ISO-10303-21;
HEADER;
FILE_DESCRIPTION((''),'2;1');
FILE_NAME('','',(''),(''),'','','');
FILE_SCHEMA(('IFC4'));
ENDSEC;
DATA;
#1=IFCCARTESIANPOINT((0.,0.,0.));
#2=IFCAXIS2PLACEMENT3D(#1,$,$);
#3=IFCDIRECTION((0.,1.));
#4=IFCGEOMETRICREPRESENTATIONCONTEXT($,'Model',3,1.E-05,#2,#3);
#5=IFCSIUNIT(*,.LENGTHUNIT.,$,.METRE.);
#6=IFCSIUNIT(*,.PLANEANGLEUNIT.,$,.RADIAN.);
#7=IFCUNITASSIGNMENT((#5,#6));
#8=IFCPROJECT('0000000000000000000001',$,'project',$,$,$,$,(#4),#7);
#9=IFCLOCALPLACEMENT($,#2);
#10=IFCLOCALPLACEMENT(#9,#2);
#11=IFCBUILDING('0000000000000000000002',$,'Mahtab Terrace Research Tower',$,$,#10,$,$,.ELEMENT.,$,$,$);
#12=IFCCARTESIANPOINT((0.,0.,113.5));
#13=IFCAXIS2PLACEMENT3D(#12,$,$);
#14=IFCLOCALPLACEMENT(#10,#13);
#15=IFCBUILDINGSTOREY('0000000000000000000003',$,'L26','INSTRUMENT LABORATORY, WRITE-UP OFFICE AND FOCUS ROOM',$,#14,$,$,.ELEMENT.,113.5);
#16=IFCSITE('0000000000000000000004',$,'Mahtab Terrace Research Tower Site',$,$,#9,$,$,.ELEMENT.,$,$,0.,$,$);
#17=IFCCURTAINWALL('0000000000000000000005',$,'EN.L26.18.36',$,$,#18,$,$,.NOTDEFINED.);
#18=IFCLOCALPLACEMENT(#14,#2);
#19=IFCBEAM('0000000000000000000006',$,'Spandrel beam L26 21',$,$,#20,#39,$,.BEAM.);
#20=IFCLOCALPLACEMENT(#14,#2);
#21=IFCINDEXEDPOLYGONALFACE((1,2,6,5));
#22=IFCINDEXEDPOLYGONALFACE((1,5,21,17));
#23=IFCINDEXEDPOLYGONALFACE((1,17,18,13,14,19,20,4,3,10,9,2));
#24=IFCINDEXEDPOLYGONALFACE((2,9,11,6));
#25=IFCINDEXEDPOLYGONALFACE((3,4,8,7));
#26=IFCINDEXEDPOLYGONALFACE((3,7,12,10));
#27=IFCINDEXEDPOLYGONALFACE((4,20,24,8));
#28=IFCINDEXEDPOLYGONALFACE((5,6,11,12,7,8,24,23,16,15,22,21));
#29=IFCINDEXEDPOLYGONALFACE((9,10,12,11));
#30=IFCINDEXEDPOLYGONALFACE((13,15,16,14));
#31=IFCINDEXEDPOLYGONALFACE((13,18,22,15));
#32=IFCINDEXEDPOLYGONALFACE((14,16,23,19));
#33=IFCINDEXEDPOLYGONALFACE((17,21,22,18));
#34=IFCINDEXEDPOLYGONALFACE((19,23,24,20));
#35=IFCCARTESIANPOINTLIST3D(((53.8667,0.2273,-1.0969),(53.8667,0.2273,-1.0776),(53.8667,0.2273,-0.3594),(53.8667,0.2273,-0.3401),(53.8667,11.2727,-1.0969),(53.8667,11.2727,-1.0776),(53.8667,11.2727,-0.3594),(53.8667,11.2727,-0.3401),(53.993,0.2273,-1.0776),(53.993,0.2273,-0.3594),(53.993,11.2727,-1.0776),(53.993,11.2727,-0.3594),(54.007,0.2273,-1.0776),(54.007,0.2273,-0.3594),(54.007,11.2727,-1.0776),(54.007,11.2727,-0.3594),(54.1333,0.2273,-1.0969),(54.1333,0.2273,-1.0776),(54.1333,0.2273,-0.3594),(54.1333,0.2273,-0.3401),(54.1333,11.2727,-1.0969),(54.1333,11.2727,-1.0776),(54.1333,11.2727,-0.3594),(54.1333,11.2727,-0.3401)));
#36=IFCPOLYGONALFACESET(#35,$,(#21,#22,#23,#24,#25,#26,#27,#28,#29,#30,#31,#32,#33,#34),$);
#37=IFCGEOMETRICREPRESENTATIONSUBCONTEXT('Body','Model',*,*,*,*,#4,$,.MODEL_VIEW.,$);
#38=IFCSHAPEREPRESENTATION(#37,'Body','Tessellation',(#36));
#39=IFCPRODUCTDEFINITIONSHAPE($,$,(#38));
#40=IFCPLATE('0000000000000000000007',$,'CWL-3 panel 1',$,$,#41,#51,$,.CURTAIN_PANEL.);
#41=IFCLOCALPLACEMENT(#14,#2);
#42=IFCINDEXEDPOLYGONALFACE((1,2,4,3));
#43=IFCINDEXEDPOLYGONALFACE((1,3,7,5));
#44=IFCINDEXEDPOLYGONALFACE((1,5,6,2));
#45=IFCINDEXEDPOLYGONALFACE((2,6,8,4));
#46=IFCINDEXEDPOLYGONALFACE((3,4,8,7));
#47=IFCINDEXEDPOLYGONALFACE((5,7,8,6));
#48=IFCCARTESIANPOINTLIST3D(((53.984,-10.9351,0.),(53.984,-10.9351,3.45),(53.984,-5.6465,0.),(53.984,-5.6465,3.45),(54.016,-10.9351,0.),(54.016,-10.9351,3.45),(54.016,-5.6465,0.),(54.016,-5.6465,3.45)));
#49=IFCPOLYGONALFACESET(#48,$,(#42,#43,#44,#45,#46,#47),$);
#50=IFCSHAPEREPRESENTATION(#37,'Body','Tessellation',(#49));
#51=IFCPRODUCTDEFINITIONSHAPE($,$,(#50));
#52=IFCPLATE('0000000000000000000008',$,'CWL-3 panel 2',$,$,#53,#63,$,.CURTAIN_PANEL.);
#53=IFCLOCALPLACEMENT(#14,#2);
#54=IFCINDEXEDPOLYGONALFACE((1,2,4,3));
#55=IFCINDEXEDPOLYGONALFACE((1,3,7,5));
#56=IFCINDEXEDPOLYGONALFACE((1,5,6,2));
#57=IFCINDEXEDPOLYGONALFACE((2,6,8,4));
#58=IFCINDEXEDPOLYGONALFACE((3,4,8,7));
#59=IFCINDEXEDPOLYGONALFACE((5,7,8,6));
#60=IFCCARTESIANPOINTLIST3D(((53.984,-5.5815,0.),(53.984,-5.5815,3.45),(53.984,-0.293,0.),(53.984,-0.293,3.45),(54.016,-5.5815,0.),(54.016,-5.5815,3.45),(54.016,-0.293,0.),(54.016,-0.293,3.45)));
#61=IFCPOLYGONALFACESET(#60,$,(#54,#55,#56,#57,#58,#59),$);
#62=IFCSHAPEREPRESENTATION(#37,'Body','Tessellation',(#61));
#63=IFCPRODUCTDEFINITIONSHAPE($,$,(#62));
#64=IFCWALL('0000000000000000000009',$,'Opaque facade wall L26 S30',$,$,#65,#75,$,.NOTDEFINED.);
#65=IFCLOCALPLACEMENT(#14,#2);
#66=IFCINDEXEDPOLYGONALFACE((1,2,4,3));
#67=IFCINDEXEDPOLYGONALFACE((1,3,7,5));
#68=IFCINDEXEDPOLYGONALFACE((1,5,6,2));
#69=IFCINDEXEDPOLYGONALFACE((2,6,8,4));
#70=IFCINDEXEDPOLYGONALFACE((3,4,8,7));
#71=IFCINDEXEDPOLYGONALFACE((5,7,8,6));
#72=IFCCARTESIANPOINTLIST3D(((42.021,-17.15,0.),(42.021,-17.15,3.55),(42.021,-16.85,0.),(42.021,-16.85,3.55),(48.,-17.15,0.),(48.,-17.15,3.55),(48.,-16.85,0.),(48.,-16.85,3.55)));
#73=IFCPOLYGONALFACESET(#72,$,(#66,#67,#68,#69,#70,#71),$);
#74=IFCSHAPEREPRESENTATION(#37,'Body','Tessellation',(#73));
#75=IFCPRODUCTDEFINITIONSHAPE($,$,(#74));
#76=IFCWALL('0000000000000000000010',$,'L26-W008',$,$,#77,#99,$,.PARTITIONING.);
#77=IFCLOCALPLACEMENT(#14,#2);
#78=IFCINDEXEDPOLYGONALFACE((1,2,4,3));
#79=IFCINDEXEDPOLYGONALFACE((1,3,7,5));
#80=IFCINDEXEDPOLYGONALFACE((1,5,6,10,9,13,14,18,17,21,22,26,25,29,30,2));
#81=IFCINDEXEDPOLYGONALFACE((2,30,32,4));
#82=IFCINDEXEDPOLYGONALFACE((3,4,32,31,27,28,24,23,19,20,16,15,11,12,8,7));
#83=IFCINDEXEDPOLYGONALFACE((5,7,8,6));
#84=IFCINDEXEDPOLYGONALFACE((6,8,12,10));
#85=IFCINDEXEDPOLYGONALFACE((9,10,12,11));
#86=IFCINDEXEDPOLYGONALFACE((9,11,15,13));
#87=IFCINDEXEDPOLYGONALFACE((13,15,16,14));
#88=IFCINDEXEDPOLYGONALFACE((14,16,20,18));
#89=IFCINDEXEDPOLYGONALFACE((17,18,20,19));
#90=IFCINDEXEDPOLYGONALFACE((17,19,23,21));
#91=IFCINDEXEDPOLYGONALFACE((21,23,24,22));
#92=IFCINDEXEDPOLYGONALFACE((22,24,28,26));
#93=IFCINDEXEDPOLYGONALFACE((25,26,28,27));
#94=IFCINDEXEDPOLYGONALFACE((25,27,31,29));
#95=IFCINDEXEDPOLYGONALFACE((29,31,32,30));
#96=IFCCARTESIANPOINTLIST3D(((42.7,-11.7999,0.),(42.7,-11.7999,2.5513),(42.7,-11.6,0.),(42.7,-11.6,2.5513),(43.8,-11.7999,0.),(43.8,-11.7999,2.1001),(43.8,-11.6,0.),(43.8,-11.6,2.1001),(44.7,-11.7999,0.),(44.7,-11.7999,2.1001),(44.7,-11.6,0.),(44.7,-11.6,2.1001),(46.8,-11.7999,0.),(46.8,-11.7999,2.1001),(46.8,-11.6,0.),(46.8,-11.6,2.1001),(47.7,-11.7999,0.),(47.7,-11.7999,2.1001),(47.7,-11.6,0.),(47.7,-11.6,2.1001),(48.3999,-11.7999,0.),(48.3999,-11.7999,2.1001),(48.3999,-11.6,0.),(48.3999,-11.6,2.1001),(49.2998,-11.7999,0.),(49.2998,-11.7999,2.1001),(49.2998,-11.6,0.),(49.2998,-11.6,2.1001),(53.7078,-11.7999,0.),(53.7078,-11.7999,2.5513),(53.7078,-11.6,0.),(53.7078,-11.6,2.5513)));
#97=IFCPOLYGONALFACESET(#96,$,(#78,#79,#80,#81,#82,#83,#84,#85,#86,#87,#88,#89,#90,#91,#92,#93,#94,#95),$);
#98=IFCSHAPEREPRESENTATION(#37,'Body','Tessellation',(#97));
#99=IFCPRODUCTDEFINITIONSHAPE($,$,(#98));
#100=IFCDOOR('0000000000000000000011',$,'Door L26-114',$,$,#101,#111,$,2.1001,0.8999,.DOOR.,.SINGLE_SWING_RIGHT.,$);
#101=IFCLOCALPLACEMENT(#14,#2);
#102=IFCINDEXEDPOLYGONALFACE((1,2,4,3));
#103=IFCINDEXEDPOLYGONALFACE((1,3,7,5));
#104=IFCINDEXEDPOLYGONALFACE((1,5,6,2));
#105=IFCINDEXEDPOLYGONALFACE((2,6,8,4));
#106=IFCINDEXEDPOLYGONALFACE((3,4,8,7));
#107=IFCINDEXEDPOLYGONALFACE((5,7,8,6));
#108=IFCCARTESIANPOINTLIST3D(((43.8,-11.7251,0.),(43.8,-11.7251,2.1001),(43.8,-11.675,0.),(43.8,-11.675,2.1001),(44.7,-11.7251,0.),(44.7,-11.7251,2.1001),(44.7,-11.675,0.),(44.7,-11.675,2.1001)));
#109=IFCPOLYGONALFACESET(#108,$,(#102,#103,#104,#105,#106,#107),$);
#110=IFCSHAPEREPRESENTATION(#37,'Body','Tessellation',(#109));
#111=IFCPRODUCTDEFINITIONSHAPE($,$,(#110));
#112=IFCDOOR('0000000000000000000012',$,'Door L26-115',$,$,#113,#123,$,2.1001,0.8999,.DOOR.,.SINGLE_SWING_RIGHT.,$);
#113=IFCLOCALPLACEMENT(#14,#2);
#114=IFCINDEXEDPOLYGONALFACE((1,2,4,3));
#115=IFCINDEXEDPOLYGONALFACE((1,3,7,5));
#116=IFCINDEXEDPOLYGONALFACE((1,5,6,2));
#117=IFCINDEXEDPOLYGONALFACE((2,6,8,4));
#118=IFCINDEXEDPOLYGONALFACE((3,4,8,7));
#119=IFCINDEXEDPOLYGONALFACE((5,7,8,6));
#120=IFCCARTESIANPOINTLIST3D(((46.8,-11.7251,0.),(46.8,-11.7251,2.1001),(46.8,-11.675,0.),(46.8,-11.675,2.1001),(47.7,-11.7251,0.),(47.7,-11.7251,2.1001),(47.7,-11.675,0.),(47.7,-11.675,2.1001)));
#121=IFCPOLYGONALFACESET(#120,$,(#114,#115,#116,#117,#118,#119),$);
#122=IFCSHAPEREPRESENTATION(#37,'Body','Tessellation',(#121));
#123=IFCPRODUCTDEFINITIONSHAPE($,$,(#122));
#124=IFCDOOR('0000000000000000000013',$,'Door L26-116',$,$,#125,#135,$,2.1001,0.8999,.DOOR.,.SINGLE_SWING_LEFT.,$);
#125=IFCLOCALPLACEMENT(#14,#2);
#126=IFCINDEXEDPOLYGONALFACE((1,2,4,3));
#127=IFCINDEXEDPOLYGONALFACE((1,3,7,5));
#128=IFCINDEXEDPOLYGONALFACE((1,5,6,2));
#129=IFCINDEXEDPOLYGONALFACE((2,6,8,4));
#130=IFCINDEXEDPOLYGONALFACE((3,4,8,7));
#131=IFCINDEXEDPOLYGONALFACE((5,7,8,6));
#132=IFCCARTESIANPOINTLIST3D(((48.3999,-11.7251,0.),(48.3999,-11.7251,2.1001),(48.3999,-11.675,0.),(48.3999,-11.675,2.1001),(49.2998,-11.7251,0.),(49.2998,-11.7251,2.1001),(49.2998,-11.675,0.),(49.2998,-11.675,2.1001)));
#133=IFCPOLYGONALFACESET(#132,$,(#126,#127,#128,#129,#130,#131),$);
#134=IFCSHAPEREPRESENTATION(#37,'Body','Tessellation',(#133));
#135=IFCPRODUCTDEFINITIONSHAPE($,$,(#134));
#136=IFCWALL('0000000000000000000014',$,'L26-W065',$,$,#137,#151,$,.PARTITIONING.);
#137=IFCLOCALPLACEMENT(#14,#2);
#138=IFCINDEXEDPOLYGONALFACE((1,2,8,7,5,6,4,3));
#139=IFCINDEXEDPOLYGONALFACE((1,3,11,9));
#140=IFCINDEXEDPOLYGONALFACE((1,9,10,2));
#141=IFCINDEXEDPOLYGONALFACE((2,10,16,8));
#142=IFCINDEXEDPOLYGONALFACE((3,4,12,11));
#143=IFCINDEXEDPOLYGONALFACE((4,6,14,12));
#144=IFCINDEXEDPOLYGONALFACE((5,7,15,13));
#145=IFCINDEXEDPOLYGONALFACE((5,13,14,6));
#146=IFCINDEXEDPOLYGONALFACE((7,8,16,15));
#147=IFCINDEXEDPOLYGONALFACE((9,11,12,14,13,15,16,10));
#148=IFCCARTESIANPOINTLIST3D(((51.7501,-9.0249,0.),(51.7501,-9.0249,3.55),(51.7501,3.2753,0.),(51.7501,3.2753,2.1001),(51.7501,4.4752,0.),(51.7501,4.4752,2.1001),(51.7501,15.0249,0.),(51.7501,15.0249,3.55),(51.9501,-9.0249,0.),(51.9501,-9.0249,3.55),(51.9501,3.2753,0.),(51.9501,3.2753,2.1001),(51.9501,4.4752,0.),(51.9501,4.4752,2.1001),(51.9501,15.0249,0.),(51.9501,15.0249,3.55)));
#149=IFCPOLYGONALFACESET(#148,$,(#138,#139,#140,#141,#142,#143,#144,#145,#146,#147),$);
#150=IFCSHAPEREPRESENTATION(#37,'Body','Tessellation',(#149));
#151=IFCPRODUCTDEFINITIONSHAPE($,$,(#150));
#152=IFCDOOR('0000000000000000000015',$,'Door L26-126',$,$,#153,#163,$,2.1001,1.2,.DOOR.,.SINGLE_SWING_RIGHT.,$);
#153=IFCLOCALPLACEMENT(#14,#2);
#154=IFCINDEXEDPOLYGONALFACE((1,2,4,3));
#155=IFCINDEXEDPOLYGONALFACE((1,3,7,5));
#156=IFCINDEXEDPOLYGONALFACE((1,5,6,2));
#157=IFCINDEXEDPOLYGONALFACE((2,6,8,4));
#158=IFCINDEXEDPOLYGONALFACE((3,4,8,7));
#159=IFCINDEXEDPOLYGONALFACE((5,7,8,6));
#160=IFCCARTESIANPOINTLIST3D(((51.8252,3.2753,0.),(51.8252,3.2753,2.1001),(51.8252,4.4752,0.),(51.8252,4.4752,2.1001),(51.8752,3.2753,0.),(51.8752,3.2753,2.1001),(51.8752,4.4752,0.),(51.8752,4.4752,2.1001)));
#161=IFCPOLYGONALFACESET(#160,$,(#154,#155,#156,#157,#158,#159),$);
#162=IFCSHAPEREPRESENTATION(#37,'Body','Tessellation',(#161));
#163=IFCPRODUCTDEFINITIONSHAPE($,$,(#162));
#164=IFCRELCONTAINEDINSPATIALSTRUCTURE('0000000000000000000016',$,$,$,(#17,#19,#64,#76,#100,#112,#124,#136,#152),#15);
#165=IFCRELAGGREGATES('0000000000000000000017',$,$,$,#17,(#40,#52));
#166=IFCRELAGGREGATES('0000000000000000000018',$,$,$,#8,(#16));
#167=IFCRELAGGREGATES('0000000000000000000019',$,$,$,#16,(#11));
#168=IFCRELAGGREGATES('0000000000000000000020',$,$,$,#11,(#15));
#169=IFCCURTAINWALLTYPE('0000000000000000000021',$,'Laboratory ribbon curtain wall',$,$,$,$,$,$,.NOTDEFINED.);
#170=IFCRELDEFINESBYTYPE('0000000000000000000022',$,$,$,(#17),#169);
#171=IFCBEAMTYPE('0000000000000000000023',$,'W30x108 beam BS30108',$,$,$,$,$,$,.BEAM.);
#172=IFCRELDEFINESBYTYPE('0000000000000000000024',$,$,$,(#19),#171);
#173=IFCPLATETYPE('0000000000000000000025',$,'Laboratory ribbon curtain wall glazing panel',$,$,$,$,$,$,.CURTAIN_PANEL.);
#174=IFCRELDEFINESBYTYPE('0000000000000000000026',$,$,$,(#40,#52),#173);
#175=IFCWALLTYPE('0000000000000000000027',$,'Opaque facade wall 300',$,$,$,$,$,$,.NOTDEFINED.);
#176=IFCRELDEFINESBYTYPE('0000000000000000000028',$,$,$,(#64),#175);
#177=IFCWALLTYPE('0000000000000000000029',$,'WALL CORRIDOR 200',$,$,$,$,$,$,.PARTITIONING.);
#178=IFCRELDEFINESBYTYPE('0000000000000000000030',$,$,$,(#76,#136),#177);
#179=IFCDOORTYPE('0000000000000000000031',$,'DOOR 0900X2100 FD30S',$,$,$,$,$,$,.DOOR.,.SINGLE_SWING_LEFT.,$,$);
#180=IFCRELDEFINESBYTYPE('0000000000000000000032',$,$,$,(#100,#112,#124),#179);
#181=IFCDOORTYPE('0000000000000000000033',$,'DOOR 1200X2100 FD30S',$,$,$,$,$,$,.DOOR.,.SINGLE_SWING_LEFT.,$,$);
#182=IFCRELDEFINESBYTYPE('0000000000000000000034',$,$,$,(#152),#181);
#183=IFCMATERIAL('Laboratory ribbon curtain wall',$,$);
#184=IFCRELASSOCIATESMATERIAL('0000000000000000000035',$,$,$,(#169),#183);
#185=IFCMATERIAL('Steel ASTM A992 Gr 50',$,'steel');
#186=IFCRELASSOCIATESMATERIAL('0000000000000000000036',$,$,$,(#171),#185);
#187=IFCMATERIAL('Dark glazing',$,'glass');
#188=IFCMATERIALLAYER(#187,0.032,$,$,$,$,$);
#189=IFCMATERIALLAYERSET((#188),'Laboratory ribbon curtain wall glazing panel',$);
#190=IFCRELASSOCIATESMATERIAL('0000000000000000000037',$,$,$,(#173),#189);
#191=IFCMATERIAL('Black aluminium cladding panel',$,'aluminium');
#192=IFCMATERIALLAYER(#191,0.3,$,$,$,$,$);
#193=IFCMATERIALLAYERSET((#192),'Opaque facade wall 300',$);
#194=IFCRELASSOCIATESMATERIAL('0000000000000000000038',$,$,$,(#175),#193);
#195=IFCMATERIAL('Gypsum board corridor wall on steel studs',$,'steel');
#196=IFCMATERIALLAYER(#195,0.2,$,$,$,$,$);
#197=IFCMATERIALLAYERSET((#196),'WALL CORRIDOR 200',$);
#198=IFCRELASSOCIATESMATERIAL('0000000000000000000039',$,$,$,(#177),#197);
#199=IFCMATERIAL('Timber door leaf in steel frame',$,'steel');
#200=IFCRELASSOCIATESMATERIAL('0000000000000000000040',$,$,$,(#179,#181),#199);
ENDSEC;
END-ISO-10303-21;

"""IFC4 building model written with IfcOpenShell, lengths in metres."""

from ifc_helpers import new_model, si_unit, direction, frame, frame_2d, origin, origin_2d, place, context, subcontext, project, spatial, rectangle, i_section, extrude, material, layer, layer_set, material_profile, profile_set, type_object, element, fill, aggregate, save


model = new_model("IFC4")

# Units and contexts
model_context = context("Model", 3, precision=1e-05, world=origin(), true_north=direction((0.0, 1.0)))
body_context = subcontext(model_context, "Body", "Model", "MODEL_VIEW")
ifc_project = project(units=[si_unit("LENGTHUNIT", "METRE"), si_unit("PLANEANGLEUNIT", "RADIAN")], contexts=[model_context])

# Site, building, storey
site_placement = place(None, origin())
site = spatial("IfcSite", under=ifc_project, at=site_placement, Name="Mahtab Terrace Research Tower Site", CompositionType="ELEMENT", RefElevation=0.0)
building_placement = place(site_placement, origin())
building = spatial("IfcBuilding", under=site, at=building_placement, Name="Mahtab Terrace Research Tower", CompositionType="ELEMENT")
storey_placement = place(building_placement, frame((0.0, 0.0, 113.5)))
storey = spatial("IfcBuildingStorey", under=building, at=storey_placement, Name="L26", Description="INSTRUMENT LABORATORY, WRITE-UP OFFICE AND FOCUS ROOM", CompositionType="ELEMENT", Elevation=113.5)

# Shared definitions
ifc_material_1 = material(Name="Steel ASTM A992 Gr 50", Category="steel")

# Curtain wall
ifc_material_2 = material(Name="Laboratory ribbon curtain wall")
curtain_wall_type = type_object("IfcCurtainWallType", Name="Laboratory ribbon curtain wall", PredefinedType="NOTDEFINED", material=ifc_material_2)
curtain_wall_placement = place(storey_placement, origin())
curtain_wall = element("IfcCurtainWall", 1, at=curtain_wall_placement, inside=storey, type_object=curtain_wall_type, Name="EN.L26.18.36", PredefinedType="NOTDEFINED")

# Beam
ifc_material_profile_1 = material_profile(ifc_material_1, i_section(OverallWidth=0.2666, OverallDepth=0.7568, WebThickness=0.0139, FlangeThickness=0.0193, at=origin_2d()), Name="W30X108")
ifc_profile_set_1 = profile_set([ifc_material_profile_1], Name="Steel ASTM A992 Gr 50")
beam_type = type_object("IfcBeamType", Name="W30x108 beam BS30108", PredefinedType="BEAM", material=ifc_profile_set_1)
for number, where, z_axis, x_axis, name in (
    (2, (54.0, 0.2273, -0.7185), (0.0, 1.0, 0.0), (-1.0, 0.0, 0.0), "Spandrel beam L26 21"),
):
    element("IfcBeam", number, at=place(storey_placement, frame(where, z_axis=z_axis, x_axis=x_axis)), inside=storey, type_object=beam_type, Name=name, PredefinedType="BEAM", context=body_context, shape_type="SweptSolid", body=[
        extrude(i_section(OverallWidth=0.2666, OverallDepth=0.7568, WebThickness=0.0139, FlangeThickness=0.0193, at=origin_2d()), origin(), (0.0, 0.0, 1.0), 11.0454),
    ])

# Plates
ifc_material_3 = material(Name="Dark glazing", Category="glass")
ifc_layer_1 = layer(ifc_material_3, 0.032)
ifc_layer_set_1 = layer_set([ifc_layer_1], Name="Laboratory ribbon curtain wall glazing panel")
plate_type = type_object("IfcPlateType", Name="Laboratory ribbon curtain wall glazing panel", PredefinedType="CURTAIN_PANEL", material=ifc_layer_set_1)
plate_1_placement = place(storey_placement, frame((54.0, -8.2908, 0.0), z_axis=(0.0, 0.0, 1.0), x_axis=(0.0, 1.0, 0.0)))
plate_1 = element("IfcPlate", 3, at=plate_1_placement, type_object=plate_type, Name="CWL-3 panel 1", PredefinedType="CURTAIN_PANEL", context=body_context, shape_type="SweptSolid", body=[
    extrude(rectangle(XDim=5.2886, YDim=0.032, at=origin_2d()), origin(), (0.0, 0.0, 1.0), 3.45),
])
plate_2_placement = place(storey_placement, frame((54.0, -2.9373, 0.0), z_axis=(0.0, 0.0, 1.0), x_axis=(0.0, 1.0, 0.0)))
plate_2 = element("IfcPlate", 4, at=plate_2_placement, type_object=plate_type, Name="CWL-3 panel 2", PredefinedType="CURTAIN_PANEL", context=body_context, shape_type="SweptSolid", body=[
    extrude(rectangle(XDim=5.2886, YDim=0.032, at=origin_2d()), origin(), (0.0, 0.0, 1.0), 3.45),
])
aggregate(curtain_wall, [plate_1, plate_2])

# Wall
ifc_material_4 = material(Name="Black aluminium cladding panel", Category="aluminium")
ifc_layer_2 = layer(ifc_material_4, 0.3)
ifc_layer_set_2 = layer_set([ifc_layer_2], Name="Opaque facade wall 300")
wall_type_1 = type_object("IfcWallType", Name="Opaque facade wall 300", PredefinedType="NOTDEFINED", material=ifc_layer_set_2)
wall_1_placement = place(storey_placement, frame((42.021, -17.0, 0.0), z_axis=(0.0, 0.0, 1.0), x_axis=(1.0, 0.0, 0.0)))
element("IfcWall", 5, at=wall_1_placement, inside=storey, type_object=wall_type_1, Name="Opaque facade wall L26 S30", PredefinedType="NOTDEFINED", context=body_context, shape_type="SweptSolid", body=[
    extrude(rectangle(XDim=5.979, YDim=0.3, at=frame_2d((2.9895, 0.0))), origin(), (0.0, 0.0, 1.0), 3.55),
])

# Wall, openings, doors
ifc_material_5 = material(Name="Gypsum board corridor wall on steel studs", Category="steel")
ifc_layer_3 = layer(ifc_material_5, 0.2)
ifc_layer_set_3 = layer_set([ifc_layer_3], Name="WALL CORRIDOR 200")
wall_type_2 = type_object("IfcWallType", Name="WALL CORRIDOR 200", PredefinedType="PARTITIONING", material=ifc_layer_set_3)
wall_2_placement = place(storey_placement, frame((42.7, -11.7, 0.0), z_axis=(0.0, 0.0, 1.0), x_axis=(1.0, 0.0, 0.0)))
wall_2 = element("IfcWall", 6, at=wall_2_placement, inside=storey, type_object=wall_type_2, Name="L26-W008", PredefinedType="PARTITIONING", context=body_context, shape_type="SweptSolid", body=[
    extrude(rectangle(XDim=11.0078, YDim=0.2, at=frame_2d((5.5039, 0.0))), origin(), (0.0, 0.0, 1.0), 2.5513),
])
opening_1_placement = place(wall_2_placement, frame((1.1001, 0.0, 0.0)))
opening_1 = element("IfcOpeningElement", 7, at=opening_1_placement, cuts=wall_2, PredefinedType="OPENING", context=body_context, shape_type="SweptSolid", body=[
    extrude(rectangle(XDim=0.8999, YDim=2.1001, at=frame_2d((0.45, 1.05))), frame((0.0, 0.1099, 0.0), z_axis=(0.0, -1.0, 0.0), x_axis=(1.0, 0.0, 0.0)), (0.0, 0.0, 1.0), 0.22),
])
opening_2_placement = place(wall_2_placement, frame((4.1001, 0.0, 0.0)))
opening_2 = element("IfcOpeningElement", 8, at=opening_2_placement, cuts=wall_2, PredefinedType="OPENING", context=body_context, shape_type="SweptSolid", body=[
    extrude(rectangle(XDim=0.8999, YDim=2.1001, at=frame_2d((0.45, 1.05))), frame((0.0, 0.1099, 0.0), z_axis=(0.0, -1.0, 0.0), x_axis=(1.0, 0.0, 0.0)), (0.0, 0.0, 1.0), 0.22),
])
opening_3_placement = place(wall_2_placement, frame((5.7, 0.0, 0.0)))
opening_3 = element("IfcOpeningElement", 9, at=opening_3_placement, cuts=wall_2, PredefinedType="OPENING", context=body_context, shape_type="SweptSolid", body=[
    extrude(rectangle(XDim=0.8999, YDim=2.1001, at=frame_2d((0.45, 1.05))), frame((0.0, 0.1099, 0.0), z_axis=(0.0, -1.0, 0.0), x_axis=(1.0, 0.0, 0.0)), (0.0, 0.0, 1.0), 0.22),
])
ifc_material_6 = material(Name="Timber door leaf in steel frame", Category="steel")
door_type_1 = type_object("IfcDoorType", Name="DOOR 0900X2100 FD30S", OperationType="SINGLE_SWING_LEFT", PredefinedType="DOOR", material=ifc_material_6)
door_1_placement = place(opening_1_placement, origin())
door_1 = element("IfcDoor", 10, at=door_1_placement, inside=storey, type_object=door_type_1, Name="Door L26-114", OperationType="SINGLE_SWING_RIGHT", OverallHeight=2.1001, OverallWidth=0.8999, PredefinedType="DOOR", context=body_context, shape_type="SweptSolid", body=[
    extrude(rectangle(XDim=0.8999, YDim=2.1001, at=frame_2d((0.45, 1.05))), frame((0.0, 0.0249, 0.0), z_axis=(0.0, -1.0, 0.0), x_axis=(1.0, 0.0, 0.0)), (0.0, 0.0, 1.0), 0.05),
])
fill(opening_1, door_1)
door_2_placement = place(opening_2_placement, origin())
door_2 = element("IfcDoor", 11, at=door_2_placement, inside=storey, type_object=door_type_1, Name="Door L26-115", OperationType="SINGLE_SWING_RIGHT", OverallHeight=2.1001, OverallWidth=0.8999, PredefinedType="DOOR", context=body_context, shape_type="SweptSolid", body=[
    extrude(rectangle(XDim=0.8999, YDim=2.1001, at=frame_2d((0.45, 1.05))), frame((0.0, 0.0249, 0.0), z_axis=(0.0, -1.0, 0.0), x_axis=(1.0, 0.0, 0.0)), (0.0, 0.0, 1.0), 0.05),
])
fill(opening_2, door_2)
door_3_placement = place(opening_3_placement, origin())
door_3 = element("IfcDoor", 12, at=door_3_placement, inside=storey, type_object=door_type_1, Name="Door L26-116", OperationType="SINGLE_SWING_LEFT", OverallHeight=2.1001, OverallWidth=0.8999, PredefinedType="DOOR", context=body_context, shape_type="SweptSolid", body=[
    extrude(rectangle(XDim=0.8999, YDim=2.1001, at=frame_2d((0.45, 1.05))), frame((0.0, 0.0249, 0.0), z_axis=(0.0, -1.0, 0.0), x_axis=(1.0, 0.0, 0.0)), (0.0, 0.0, 1.0), 0.05),
])
fill(opening_3, door_3)

# Wall, opening, door
wall_3_placement = place(storey_placement, frame((51.8501, -9.0249, 0.0), z_axis=(0.0, 0.0, 1.0), x_axis=(0.0, 1.0, 0.0)))
wall_3 = element("IfcWall", 13, at=wall_3_placement, inside=storey, type_object=wall_type_2, Name="L26-W065", PredefinedType="PARTITIONING", context=body_context, shape_type="SweptSolid", body=[
    extrude(rectangle(XDim=24.0498, YDim=0.2, at=frame_2d((12.0249, 0.0))), origin(), (0.0, 0.0, 1.0), 3.55),
])
opening_4_placement = place(wall_3_placement, frame((12.3, 0.0, 0.0)))
opening_4 = element("IfcOpeningElement", 14, at=opening_4_placement, cuts=wall_3, PredefinedType="OPENING", context=body_context, shape_type="SweptSolid", body=[
    extrude(rectangle(XDim=1.2, YDim=2.1001, at=frame_2d((0.6001, 1.05))), frame((0.0, 0.1099, 0.0), z_axis=(0.0, -1.0, 0.0), x_axis=(1.0, 0.0, 0.0)), (0.0, 0.0, 1.0), 0.22),
])
door_type_2 = type_object("IfcDoorType", Name="DOOR 1200X2100 FD30S", OperationType="SINGLE_SWING_LEFT", PredefinedType="DOOR", material=ifc_material_6)
door_4_placement = place(opening_4_placement, origin())
door_4 = element("IfcDoor", 15, at=door_4_placement, inside=storey, type_object=door_type_2, Name="Door L26-126", OperationType="SINGLE_SWING_RIGHT", OverallHeight=2.1001, OverallWidth=1.2, PredefinedType="DOOR", context=body_context, shape_type="SweptSolid", body=[
    extrude(rectangle(XDim=1.2, YDim=2.1001, at=frame_2d((0.6001, 1.05))), frame((0.0, 0.0249, 0.0), z_axis=(0.0, -1.0, 0.0), x_axis=(1.0, 0.0, 0.0)), (0.0, 0.0, 1.0), 0.05),
])
fill(opening_4, door_4)

save(model, "model.ifc")
